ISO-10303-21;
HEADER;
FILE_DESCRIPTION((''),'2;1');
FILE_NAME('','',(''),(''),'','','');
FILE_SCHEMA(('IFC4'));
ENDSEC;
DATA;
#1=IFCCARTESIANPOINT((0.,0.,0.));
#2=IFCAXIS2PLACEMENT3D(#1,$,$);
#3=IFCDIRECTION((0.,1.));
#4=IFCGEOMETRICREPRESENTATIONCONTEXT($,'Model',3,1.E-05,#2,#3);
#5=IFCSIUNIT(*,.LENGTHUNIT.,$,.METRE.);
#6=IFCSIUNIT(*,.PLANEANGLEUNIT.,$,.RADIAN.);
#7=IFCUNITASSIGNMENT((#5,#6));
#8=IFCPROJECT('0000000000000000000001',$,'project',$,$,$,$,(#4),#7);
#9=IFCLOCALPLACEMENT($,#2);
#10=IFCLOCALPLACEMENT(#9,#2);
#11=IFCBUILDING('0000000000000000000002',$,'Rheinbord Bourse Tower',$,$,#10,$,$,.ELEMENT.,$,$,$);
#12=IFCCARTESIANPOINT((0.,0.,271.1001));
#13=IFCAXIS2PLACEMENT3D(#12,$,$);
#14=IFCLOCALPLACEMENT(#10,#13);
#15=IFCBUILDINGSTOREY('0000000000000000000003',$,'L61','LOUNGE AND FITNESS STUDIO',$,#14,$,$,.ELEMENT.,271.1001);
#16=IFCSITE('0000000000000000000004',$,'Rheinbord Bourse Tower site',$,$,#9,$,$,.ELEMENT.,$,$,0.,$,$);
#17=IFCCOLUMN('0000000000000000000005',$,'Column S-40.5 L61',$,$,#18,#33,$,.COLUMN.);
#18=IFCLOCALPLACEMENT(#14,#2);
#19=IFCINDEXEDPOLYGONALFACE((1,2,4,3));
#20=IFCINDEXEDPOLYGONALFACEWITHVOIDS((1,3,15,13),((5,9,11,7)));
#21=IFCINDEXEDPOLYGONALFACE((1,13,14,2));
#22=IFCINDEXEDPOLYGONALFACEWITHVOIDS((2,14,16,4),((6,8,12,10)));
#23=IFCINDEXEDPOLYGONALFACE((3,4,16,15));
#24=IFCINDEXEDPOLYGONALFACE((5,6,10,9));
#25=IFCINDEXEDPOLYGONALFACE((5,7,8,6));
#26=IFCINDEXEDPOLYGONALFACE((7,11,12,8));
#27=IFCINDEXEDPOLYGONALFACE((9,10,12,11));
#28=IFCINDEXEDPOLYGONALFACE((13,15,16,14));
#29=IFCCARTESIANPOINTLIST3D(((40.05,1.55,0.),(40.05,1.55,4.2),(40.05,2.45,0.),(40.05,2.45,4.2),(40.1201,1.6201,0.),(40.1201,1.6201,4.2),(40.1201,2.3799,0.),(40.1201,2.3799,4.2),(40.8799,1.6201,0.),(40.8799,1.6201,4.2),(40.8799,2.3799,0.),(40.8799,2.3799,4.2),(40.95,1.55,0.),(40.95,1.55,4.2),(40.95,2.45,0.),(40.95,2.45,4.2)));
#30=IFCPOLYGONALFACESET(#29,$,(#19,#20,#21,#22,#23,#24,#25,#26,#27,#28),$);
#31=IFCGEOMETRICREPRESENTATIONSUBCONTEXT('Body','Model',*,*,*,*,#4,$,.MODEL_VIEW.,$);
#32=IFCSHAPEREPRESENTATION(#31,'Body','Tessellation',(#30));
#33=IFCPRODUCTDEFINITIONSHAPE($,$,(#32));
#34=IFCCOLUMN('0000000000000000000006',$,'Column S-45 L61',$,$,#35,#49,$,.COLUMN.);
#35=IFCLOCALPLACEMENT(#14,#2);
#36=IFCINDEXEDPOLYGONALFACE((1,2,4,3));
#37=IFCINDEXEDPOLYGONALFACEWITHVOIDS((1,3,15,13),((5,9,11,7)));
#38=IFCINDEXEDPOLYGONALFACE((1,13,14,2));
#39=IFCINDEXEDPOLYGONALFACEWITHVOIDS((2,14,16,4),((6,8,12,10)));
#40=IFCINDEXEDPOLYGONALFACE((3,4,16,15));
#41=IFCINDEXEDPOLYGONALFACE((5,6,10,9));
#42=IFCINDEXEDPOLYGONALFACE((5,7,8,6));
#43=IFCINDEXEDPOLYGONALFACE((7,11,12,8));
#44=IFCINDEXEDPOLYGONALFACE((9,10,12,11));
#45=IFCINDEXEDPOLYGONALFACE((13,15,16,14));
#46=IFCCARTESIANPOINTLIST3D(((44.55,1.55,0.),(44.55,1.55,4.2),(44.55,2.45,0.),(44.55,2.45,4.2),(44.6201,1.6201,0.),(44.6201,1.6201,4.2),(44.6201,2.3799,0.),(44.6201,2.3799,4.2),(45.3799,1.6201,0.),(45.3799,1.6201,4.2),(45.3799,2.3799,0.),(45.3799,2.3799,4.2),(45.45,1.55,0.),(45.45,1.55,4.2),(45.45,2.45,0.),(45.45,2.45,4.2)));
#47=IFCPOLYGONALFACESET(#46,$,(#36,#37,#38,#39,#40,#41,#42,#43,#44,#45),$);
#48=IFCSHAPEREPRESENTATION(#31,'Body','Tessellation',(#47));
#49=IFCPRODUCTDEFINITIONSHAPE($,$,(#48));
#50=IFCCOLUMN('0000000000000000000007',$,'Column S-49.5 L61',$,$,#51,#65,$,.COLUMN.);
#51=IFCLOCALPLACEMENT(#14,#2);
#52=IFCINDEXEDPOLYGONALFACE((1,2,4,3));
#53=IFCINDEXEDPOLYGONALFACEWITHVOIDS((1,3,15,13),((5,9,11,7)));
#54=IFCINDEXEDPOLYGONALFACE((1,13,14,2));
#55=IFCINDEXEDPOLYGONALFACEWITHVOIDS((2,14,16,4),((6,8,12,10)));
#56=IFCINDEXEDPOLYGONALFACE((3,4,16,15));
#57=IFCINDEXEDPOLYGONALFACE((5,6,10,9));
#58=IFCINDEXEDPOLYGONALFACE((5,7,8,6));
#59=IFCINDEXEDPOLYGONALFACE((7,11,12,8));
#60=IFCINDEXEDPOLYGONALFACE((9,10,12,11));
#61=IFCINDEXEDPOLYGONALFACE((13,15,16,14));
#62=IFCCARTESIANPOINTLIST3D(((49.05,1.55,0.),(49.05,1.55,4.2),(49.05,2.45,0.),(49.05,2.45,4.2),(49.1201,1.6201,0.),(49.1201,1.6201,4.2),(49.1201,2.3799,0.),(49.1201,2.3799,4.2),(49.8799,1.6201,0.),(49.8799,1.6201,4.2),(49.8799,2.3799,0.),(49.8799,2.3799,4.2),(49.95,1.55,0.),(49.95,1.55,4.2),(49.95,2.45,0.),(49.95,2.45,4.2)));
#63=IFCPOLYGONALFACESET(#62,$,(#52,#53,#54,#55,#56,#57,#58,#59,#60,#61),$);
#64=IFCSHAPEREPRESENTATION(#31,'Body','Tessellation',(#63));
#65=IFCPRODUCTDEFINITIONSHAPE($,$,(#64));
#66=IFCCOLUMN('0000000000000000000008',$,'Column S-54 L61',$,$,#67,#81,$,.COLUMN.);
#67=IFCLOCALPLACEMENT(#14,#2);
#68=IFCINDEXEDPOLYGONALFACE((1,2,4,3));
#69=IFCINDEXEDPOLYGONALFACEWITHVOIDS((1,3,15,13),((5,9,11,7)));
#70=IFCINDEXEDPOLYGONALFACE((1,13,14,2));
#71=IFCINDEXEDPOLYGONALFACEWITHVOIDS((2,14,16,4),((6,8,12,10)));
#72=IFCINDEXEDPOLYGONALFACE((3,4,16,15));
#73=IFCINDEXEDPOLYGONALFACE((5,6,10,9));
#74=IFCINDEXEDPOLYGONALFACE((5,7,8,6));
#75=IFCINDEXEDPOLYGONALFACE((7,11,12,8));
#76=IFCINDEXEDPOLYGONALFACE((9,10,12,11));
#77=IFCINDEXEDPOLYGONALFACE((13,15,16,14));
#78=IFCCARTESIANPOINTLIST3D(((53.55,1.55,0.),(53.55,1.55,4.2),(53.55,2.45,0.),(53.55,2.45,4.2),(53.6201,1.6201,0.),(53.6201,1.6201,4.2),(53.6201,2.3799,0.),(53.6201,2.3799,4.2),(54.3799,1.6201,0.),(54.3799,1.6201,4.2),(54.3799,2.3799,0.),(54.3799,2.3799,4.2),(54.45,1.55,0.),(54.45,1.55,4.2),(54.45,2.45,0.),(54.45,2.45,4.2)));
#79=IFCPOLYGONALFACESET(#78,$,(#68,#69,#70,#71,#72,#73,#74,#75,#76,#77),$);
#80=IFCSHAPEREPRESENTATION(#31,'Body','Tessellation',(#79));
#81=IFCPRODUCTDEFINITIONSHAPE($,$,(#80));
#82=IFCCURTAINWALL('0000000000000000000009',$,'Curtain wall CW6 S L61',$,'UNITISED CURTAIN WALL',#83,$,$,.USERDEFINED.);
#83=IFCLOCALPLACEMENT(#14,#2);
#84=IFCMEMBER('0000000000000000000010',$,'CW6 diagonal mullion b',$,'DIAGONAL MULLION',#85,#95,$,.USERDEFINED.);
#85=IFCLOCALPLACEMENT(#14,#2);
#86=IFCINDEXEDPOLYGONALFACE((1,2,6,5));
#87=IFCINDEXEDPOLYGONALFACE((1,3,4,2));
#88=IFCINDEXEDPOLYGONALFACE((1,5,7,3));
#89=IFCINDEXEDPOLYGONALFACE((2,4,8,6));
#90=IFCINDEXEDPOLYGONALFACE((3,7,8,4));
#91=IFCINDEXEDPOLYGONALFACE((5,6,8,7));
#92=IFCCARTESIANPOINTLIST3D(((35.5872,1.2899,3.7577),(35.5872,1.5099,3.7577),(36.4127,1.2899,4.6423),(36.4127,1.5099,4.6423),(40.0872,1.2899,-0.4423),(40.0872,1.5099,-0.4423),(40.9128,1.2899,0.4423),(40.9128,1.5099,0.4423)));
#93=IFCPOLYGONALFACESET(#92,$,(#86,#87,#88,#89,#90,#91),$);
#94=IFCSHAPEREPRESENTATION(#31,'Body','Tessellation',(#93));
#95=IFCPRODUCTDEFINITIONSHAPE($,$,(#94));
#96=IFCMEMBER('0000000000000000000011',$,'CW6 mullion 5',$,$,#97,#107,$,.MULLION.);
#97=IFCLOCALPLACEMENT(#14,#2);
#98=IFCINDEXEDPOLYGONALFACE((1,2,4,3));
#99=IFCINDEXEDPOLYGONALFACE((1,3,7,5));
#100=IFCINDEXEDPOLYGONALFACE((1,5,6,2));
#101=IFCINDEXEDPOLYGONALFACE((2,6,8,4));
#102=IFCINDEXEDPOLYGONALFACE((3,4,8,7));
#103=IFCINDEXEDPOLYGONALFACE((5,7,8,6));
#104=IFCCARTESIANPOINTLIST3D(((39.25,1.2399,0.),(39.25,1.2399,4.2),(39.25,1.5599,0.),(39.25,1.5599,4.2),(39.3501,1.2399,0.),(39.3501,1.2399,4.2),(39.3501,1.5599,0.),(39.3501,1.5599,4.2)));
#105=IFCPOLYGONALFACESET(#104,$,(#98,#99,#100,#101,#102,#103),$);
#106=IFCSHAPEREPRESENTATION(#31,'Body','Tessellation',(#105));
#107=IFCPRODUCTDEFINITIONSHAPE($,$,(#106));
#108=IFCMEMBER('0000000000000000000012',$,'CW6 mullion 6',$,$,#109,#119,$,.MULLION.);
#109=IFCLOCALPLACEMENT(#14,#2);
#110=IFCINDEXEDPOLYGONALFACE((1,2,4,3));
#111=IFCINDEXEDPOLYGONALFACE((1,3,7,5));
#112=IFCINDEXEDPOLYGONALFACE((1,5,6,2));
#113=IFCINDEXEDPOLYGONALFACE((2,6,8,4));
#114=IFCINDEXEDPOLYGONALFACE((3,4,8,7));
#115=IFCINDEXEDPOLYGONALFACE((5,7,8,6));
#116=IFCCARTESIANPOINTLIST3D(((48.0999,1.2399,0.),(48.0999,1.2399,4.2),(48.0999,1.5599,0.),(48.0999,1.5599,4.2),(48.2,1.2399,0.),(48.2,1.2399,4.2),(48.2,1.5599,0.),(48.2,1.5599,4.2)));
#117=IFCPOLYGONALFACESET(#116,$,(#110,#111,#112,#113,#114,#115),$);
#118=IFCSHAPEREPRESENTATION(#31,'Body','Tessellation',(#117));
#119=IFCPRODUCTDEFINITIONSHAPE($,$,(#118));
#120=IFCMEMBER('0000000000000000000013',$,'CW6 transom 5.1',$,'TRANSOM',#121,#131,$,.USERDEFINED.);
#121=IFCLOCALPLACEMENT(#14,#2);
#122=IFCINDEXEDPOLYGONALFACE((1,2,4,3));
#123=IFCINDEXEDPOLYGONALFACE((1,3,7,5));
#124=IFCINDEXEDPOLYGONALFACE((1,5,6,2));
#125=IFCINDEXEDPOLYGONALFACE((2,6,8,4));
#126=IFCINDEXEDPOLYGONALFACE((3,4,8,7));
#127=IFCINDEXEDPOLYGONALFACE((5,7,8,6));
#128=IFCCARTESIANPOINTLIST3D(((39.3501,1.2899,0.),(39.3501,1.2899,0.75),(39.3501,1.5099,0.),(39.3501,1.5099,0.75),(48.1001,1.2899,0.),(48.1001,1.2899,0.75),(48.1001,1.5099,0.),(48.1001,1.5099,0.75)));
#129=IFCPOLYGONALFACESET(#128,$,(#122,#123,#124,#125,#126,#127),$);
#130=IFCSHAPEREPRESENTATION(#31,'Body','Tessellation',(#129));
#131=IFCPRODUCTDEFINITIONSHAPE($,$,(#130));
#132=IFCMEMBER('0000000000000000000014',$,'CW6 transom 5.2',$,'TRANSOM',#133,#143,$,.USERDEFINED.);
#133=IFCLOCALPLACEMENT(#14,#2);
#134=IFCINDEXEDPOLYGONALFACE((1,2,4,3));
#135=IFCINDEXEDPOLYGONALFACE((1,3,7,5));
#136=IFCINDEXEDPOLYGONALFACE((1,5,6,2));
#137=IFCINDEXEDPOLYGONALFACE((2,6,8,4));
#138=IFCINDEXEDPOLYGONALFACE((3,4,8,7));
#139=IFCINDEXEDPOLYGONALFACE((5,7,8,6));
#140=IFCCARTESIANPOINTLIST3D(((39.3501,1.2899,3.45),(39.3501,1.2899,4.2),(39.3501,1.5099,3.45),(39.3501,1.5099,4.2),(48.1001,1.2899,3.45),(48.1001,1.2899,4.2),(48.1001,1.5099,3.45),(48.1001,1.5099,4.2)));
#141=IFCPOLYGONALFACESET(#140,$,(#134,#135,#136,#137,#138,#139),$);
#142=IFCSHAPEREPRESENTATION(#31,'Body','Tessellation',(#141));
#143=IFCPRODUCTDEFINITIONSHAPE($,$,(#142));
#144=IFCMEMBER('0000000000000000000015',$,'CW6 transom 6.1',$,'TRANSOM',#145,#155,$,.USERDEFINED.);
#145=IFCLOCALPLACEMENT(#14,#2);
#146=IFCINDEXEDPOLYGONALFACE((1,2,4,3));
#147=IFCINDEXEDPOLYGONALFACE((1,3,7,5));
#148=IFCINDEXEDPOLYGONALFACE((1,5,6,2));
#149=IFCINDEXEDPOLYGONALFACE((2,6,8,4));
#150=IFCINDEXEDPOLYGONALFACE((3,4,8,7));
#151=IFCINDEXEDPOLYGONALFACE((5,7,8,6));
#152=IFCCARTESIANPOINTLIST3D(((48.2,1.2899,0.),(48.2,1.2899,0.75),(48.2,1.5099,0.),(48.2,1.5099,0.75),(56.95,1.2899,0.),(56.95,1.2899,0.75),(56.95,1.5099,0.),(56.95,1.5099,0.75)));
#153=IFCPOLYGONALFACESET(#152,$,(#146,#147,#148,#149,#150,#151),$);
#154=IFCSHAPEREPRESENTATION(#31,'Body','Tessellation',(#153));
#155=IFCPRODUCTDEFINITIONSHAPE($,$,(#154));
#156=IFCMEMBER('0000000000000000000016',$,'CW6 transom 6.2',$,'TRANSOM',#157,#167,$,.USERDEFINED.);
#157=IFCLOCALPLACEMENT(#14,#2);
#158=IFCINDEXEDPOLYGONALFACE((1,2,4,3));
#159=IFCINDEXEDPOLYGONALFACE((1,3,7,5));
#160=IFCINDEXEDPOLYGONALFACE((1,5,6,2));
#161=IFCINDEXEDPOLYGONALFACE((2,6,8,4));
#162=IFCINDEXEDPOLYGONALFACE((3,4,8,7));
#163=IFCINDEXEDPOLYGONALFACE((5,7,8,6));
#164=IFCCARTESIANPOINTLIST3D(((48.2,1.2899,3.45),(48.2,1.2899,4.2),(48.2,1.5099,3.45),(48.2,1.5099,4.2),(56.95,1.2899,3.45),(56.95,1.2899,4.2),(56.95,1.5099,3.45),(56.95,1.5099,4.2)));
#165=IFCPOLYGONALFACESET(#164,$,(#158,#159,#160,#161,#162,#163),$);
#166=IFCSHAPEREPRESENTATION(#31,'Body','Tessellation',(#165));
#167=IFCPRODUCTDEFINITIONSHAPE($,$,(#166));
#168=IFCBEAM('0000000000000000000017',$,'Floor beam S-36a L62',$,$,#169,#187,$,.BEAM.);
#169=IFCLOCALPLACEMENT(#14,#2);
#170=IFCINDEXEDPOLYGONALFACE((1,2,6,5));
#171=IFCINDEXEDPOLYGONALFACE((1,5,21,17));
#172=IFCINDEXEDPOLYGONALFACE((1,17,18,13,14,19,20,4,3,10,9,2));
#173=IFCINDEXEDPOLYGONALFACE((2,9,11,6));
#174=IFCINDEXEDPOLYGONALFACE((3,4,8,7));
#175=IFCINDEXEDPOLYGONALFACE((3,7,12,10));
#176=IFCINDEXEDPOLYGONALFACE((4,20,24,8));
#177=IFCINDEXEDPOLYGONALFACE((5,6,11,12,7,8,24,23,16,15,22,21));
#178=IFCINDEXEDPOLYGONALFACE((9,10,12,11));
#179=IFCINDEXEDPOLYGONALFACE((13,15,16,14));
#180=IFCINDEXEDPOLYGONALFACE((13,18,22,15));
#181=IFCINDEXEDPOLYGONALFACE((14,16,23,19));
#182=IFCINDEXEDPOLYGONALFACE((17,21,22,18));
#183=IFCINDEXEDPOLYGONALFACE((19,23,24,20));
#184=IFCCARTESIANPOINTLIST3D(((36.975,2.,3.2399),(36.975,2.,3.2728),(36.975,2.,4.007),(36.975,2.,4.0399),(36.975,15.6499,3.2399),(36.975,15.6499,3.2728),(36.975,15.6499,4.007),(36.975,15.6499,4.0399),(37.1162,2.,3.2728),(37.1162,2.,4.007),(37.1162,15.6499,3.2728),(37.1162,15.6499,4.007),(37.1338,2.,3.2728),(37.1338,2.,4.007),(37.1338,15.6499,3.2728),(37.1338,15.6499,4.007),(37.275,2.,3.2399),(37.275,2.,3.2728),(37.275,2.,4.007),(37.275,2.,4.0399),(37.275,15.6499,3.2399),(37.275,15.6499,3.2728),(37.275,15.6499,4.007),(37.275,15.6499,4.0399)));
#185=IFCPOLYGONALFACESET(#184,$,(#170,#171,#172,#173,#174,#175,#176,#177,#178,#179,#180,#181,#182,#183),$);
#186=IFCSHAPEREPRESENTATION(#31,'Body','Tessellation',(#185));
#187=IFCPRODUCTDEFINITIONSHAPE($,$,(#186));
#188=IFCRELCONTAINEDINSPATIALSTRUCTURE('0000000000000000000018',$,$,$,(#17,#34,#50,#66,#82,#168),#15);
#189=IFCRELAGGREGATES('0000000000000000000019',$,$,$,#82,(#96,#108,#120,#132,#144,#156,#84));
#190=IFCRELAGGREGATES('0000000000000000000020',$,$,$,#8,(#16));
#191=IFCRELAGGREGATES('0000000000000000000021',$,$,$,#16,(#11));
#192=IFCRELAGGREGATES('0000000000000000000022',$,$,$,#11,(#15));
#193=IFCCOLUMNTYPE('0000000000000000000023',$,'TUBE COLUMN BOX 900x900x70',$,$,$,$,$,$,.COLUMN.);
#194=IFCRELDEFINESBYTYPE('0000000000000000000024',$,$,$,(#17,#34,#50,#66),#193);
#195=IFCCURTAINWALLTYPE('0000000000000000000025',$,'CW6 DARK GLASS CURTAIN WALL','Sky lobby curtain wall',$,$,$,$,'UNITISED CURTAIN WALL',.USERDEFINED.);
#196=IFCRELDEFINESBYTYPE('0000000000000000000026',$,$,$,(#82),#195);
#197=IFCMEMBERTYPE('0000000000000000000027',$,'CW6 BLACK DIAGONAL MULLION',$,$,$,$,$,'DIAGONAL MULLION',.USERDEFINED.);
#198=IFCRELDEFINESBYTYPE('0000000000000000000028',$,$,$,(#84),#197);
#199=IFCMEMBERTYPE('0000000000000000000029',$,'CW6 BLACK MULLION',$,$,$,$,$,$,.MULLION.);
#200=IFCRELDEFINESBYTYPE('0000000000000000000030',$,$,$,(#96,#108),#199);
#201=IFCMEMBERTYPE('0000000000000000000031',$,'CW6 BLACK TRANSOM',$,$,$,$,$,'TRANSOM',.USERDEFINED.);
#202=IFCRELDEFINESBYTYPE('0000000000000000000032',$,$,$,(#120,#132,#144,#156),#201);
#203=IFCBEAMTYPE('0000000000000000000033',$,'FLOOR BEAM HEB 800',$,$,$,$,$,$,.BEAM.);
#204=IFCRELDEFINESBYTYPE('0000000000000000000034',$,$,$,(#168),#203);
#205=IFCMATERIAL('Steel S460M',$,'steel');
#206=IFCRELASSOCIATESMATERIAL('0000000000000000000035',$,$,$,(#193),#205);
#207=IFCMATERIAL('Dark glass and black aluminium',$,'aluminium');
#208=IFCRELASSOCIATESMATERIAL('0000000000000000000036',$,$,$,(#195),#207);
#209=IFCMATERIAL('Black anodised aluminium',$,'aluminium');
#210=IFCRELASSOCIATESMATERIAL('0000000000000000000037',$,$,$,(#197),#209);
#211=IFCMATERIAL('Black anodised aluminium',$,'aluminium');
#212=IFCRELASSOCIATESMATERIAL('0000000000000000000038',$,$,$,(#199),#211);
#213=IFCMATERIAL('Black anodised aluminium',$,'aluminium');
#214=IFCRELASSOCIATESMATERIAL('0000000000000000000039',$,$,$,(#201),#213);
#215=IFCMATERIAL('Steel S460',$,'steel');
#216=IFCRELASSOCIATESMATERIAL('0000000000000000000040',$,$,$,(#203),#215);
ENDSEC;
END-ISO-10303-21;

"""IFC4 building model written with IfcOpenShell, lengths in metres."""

from ifc_helpers import new_model, si_unit, direction, frame, origin, origin_2d, place, context, subcontext, project, spatial, rectangle, hollow_rectangle, i_section, extrude, material, material_profile, profile_set, type_object, element, aggregate, save


model = new_model("IFC4")

# Units and contexts
model_context = context("Model", 3, precision=1e-05, world=origin(), true_north=direction((0.0, 1.0)))
body_context = subcontext(model_context, "Body", "Model", "MODEL_VIEW")
ifc_project = project(units=[si_unit("LENGTHUNIT", "METRE"), si_unit("PLANEANGLEUNIT", "RADIAN")], contexts=[model_context])

# Site, building, storey
site_placement = place(None, origin())
site = spatial("IfcSite", under=ifc_project, at=site_placement, Name="Rheinbord Bourse Tower site", CompositionType="ELEMENT", RefElevation=0.0)
building_placement = place(site_placement, origin())
building = spatial("IfcBuilding", under=site, at=building_placement, Name="Rheinbord Bourse Tower", CompositionType="ELEMENT")
storey_placement = place(building_placement, frame((0.0, 0.0, 271.1001)))
storey = spatial("IfcBuildingStorey", under=building, at=storey_placement, Name="L61", Description="LOUNGE AND FITNESS STUDIO", CompositionType="ELEMENT", Elevation=271.1001)

# Columns
ifc_material_1 = material(Name="Steel S460M", Category="steel")
ifc_material_profile_1 = material_profile(ifc_material_1, hollow_rectangle(XDim=0.8999, YDim=0.8999, WallThickness=0.0701, at=origin_2d()), Name="BOX 900x900x70")
ifc_profile_set_1 = profile_set([ifc_material_profile_1], Name="Steel S460M")
column_type = type_object("IfcColumnType", Name="TUBE COLUMN BOX 900x900x70", PredefinedType="COLUMN", material=ifc_profile_set_1)
for number, where, z_axis, x_axis, name in (
    (1, (40.5, 2.0, 0.0), (0.0, 0.0, 1.0), (0.0, 1.0, 0.0), "Column S-40.5 L61"),
    (2, (45.0, 2.0, 0.0), (0.0, 0.0, 1.0), (0.0, 1.0, 0.0), "Column S-45 L61"),
    (3, (49.5, 2.0, 0.0), (0.0, 0.0, 1.0), (0.0, 1.0, 0.0), "Column S-49.5 L61"),
    (4, (54.0, 2.0, 0.0), (0.0, 0.0, 1.0), (0.0, 1.0, 0.0), "Column S-54 L61"),
):
    element("IfcColumn", number, at=place(storey_placement, frame(where, z_axis=z_axis, x_axis=x_axis)), inside=storey, type_object=column_type, Name=name, PredefinedType="COLUMN", context=body_context, shape_type="SweptSolid", body=[
        extrude(hollow_rectangle(XDim=0.8999, YDim=0.8999, WallThickness=0.0701, at=origin_2d()), origin(), (0.0, 0.0, 1.0), 4.2),
    ])

# Curtain wall, members
ifc_material_2 = material(Name="Dark glass and black aluminium", Category="aluminium")
curtain_wall_type = type_object("IfcCurtainWallType", Name="CW6 DARK GLASS CURTAIN WALL", Description="Sky lobby curtain wall", ElementType="UNITISED CURTAIN WALL", PredefinedType="USERDEFINED", material=ifc_material_2)
curtain_wall_placement = place(storey_placement, origin())
curtain_wall = element("IfcCurtainWall", 5, at=curtain_wall_placement, inside=storey, type_object=curtain_wall_type, Name="Curtain wall CW6 S L61", ObjectType="UNITISED CURTAIN WALL", PredefinedType="USERDEFINED")
ifc_material_3 = material(Name="Black anodised aluminium", Category="aluminium")
ifc_material_profile_2 = material_profile(ifc_material_3, rectangle(XDim=0.22, YDim=1.21, at=origin_2d()), Name="CW6 DIAGONAL MULLION 1210x220")
ifc_profile_set_2 = profile_set([ifc_material_profile_2], Name="Black anodised aluminium")
member_type_1 = type_object("IfcMemberType", Name="CW6 BLACK DIAGONAL MULLION", ElementType="DIAGONAL MULLION", PredefinedType="USERDEFINED", material=ifc_profile_set_2)
member_1_placement = place(storey_placement, frame((40.5, 1.3999, 0.0), z_axis=(-0.731059, 0.0, 0.682314), x_axis=(0.0, -1.0, 0.0)))
member_1 = element("IfcMember", 6, at=member_1_placement, type_object=member_type_1, Name="CW6 diagonal mullion b", ObjectType="DIAGONAL MULLION", PredefinedType="USERDEFINED", context=body_context, shape_type="SweptSolid", body=[
    extrude(rectangle(XDim=0.22, YDim=1.21, at=origin_2d()), origin(), (0.0, 0.0, 1.0), 6.1555),
])
ifc_material_4 = material(Name="Black anodised aluminium", Category="aluminium")
ifc_material_profile_3 = material_profile(ifc_material_4, rectangle(XDim=0.3201, YDim=0.1001, at=origin_2d()), Name="CW6 MULLION 100x320")
ifc_profile_set_3 = profile_set([ifc_material_profile_3], Name="Black anodised aluminium")
member_type_2 = type_object("IfcMemberType", Name="CW6 BLACK MULLION", PredefinedType="MULLION", material=ifc_profile_set_3)
member_2_placement = place(storey_placement, frame((39.3, 1.3999, 0.0), z_axis=(0.0, 0.0, 1.0), x_axis=(0.0, 1.0, 0.0)))
member_2 = element("IfcMember", 7, at=member_2_placement, type_object=member_type_2, Name="CW6 mullion 5", PredefinedType="MULLION", context=body_context, shape_type="SweptSolid", body=[
    extrude(rectangle(XDim=0.3201, YDim=0.1001, at=origin_2d()), origin(), (0.0, 0.0, 1.0), 4.2),
])
member_3_placement = place(storey_placement, frame((48.1499, 1.3999, 0.0), z_axis=(0.0, 0.0, 1.0), x_axis=(0.0, 1.0, 0.0)))
member_3 = element("IfcMember", 8, at=member_3_placement, type_object=member_type_2, Name="CW6 mullion 6", PredefinedType="MULLION", context=body_context, shape_type="SweptSolid", body=[
    extrude(rectangle(XDim=0.3201, YDim=0.1001, at=origin_2d()), origin(), (0.0, 0.0, 1.0), 4.2),
])
ifc_material_5 = material(Name="Black anodised aluminium", Category="aluminium")
ifc_material_profile_4 = material_profile(ifc_material_5, rectangle(XDim=0.22, YDim=0.75, at=origin_2d()), Name="CW6 TRANSOM 750x220")
ifc_profile_set_4 = profile_set([ifc_material_profile_4], Name="Black anodised aluminium")
member_type_3 = type_object("IfcMemberType", Name="CW6 BLACK TRANSOM", ElementType="TRANSOM", PredefinedType="USERDEFINED", material=ifc_profile_set_4)
member_4_placement = place(storey_placement, frame((39.3501, 1.3999, 0.375), z_axis=(1.0, 0.0, 0.0), x_axis=(0.0, 1.0, 0.0)))
member_4 = element("IfcMember", 9, at=member_4_placement, type_object=member_type_3, Name="CW6 transom 5.1", ObjectType="TRANSOM", PredefinedType="USERDEFINED", context=body_context, shape_type="SweptSolid", body=[
    extrude(rectangle(XDim=0.22, YDim=0.75, at=origin_2d()), origin(), (0.0, 0.0, 1.0), 8.75),
])
member_5_placement = place(storey_placement, frame((39.3501, 1.3999, 3.825), z_axis=(1.0, 0.0, 0.0), x_axis=(0.0, 1.0, 0.0)))
member_5 = element("IfcMember", 10, at=member_5_placement, type_object=member_type_3, Name="CW6 transom 5.2", ObjectType="TRANSOM", PredefinedType="USERDEFINED", context=body_context, shape_type="SweptSolid", body=[
    extrude(rectangle(XDim=0.22, YDim=0.75, at=origin_2d()), origin(), (0.0, 0.0, 1.0), 8.75),
])
member_6_placement = place(storey_placement, frame((48.2, 1.3999, 0.375), z_axis=(1.0, 0.0, 0.0), x_axis=(0.0, 1.0, 0.0)))
member_6 = element("IfcMember", 11, at=member_6_placement, type_object=member_type_3, Name="CW6 transom 6.1", ObjectType="TRANSOM", PredefinedType="USERDEFINED", context=body_context, shape_type="SweptSolid", body=[
    extrude(rectangle(XDim=0.22, YDim=0.75, at=origin_2d()), origin(), (0.0, 0.0, 1.0), 8.75),
])
member_7_placement = place(storey_placement, frame((48.2, 1.3999, 3.825), z_axis=(1.0, 0.0, 0.0), x_axis=(0.0, 1.0, 0.0)))
member_7 = element("IfcMember", 12, at=member_7_placement, type_object=member_type_3, Name="CW6 transom 6.2", ObjectType="TRANSOM", PredefinedType="USERDEFINED", context=body_context, shape_type="SweptSolid", body=[
    extrude(rectangle(XDim=0.22, YDim=0.75, at=origin_2d()), origin(), (0.0, 0.0, 1.0), 8.75),
])

# Beam
ifc_material_6 = material(Name="Steel S460", Category="steel")
ifc_material_profile_5 = material_profile(ifc_material_6, i_section(OverallWidth=0.3, OverallDepth=0.8, WebThickness=0.0176, FlangeThickness=0.033, at=origin_2d()), Name="HEB 800")
ifc_profile_set_5 = profile_set([ifc_material_profile_5], Name="Steel S460")
beam_type_1 = type_object("IfcBeamType", Name="FLOOR BEAM HEB 800", PredefinedType="BEAM", material=ifc_profile_set_5)
for number, where, z_axis, x_axis, name in (
    (13, (37.125, 2.0, 3.6399), (0.0, 1.0, 0.0), (-1.0, 0.0, 0.0), "Floor beam S-36a L62"),
):
    element("IfcBeam", number, at=place(storey_placement, frame(where, z_axis=z_axis, x_axis=x_axis)), inside=storey, type_object=beam_type_1, Name=name, PredefinedType="BEAM", context=body_context, shape_type="SweptSolid", body=[
        extrude(i_section(OverallWidth=0.3, OverallDepth=0.8, WebThickness=0.0176, FlangeThickness=0.033, at=origin_2d()), origin(), (0.0, 0.0, 1.0), 13.6499),
    ])

aggregate(curtain_wall, [member_2, member_3, member_4, member_5, member_6, member_7, member_1])

save(model, "model.ifc")
